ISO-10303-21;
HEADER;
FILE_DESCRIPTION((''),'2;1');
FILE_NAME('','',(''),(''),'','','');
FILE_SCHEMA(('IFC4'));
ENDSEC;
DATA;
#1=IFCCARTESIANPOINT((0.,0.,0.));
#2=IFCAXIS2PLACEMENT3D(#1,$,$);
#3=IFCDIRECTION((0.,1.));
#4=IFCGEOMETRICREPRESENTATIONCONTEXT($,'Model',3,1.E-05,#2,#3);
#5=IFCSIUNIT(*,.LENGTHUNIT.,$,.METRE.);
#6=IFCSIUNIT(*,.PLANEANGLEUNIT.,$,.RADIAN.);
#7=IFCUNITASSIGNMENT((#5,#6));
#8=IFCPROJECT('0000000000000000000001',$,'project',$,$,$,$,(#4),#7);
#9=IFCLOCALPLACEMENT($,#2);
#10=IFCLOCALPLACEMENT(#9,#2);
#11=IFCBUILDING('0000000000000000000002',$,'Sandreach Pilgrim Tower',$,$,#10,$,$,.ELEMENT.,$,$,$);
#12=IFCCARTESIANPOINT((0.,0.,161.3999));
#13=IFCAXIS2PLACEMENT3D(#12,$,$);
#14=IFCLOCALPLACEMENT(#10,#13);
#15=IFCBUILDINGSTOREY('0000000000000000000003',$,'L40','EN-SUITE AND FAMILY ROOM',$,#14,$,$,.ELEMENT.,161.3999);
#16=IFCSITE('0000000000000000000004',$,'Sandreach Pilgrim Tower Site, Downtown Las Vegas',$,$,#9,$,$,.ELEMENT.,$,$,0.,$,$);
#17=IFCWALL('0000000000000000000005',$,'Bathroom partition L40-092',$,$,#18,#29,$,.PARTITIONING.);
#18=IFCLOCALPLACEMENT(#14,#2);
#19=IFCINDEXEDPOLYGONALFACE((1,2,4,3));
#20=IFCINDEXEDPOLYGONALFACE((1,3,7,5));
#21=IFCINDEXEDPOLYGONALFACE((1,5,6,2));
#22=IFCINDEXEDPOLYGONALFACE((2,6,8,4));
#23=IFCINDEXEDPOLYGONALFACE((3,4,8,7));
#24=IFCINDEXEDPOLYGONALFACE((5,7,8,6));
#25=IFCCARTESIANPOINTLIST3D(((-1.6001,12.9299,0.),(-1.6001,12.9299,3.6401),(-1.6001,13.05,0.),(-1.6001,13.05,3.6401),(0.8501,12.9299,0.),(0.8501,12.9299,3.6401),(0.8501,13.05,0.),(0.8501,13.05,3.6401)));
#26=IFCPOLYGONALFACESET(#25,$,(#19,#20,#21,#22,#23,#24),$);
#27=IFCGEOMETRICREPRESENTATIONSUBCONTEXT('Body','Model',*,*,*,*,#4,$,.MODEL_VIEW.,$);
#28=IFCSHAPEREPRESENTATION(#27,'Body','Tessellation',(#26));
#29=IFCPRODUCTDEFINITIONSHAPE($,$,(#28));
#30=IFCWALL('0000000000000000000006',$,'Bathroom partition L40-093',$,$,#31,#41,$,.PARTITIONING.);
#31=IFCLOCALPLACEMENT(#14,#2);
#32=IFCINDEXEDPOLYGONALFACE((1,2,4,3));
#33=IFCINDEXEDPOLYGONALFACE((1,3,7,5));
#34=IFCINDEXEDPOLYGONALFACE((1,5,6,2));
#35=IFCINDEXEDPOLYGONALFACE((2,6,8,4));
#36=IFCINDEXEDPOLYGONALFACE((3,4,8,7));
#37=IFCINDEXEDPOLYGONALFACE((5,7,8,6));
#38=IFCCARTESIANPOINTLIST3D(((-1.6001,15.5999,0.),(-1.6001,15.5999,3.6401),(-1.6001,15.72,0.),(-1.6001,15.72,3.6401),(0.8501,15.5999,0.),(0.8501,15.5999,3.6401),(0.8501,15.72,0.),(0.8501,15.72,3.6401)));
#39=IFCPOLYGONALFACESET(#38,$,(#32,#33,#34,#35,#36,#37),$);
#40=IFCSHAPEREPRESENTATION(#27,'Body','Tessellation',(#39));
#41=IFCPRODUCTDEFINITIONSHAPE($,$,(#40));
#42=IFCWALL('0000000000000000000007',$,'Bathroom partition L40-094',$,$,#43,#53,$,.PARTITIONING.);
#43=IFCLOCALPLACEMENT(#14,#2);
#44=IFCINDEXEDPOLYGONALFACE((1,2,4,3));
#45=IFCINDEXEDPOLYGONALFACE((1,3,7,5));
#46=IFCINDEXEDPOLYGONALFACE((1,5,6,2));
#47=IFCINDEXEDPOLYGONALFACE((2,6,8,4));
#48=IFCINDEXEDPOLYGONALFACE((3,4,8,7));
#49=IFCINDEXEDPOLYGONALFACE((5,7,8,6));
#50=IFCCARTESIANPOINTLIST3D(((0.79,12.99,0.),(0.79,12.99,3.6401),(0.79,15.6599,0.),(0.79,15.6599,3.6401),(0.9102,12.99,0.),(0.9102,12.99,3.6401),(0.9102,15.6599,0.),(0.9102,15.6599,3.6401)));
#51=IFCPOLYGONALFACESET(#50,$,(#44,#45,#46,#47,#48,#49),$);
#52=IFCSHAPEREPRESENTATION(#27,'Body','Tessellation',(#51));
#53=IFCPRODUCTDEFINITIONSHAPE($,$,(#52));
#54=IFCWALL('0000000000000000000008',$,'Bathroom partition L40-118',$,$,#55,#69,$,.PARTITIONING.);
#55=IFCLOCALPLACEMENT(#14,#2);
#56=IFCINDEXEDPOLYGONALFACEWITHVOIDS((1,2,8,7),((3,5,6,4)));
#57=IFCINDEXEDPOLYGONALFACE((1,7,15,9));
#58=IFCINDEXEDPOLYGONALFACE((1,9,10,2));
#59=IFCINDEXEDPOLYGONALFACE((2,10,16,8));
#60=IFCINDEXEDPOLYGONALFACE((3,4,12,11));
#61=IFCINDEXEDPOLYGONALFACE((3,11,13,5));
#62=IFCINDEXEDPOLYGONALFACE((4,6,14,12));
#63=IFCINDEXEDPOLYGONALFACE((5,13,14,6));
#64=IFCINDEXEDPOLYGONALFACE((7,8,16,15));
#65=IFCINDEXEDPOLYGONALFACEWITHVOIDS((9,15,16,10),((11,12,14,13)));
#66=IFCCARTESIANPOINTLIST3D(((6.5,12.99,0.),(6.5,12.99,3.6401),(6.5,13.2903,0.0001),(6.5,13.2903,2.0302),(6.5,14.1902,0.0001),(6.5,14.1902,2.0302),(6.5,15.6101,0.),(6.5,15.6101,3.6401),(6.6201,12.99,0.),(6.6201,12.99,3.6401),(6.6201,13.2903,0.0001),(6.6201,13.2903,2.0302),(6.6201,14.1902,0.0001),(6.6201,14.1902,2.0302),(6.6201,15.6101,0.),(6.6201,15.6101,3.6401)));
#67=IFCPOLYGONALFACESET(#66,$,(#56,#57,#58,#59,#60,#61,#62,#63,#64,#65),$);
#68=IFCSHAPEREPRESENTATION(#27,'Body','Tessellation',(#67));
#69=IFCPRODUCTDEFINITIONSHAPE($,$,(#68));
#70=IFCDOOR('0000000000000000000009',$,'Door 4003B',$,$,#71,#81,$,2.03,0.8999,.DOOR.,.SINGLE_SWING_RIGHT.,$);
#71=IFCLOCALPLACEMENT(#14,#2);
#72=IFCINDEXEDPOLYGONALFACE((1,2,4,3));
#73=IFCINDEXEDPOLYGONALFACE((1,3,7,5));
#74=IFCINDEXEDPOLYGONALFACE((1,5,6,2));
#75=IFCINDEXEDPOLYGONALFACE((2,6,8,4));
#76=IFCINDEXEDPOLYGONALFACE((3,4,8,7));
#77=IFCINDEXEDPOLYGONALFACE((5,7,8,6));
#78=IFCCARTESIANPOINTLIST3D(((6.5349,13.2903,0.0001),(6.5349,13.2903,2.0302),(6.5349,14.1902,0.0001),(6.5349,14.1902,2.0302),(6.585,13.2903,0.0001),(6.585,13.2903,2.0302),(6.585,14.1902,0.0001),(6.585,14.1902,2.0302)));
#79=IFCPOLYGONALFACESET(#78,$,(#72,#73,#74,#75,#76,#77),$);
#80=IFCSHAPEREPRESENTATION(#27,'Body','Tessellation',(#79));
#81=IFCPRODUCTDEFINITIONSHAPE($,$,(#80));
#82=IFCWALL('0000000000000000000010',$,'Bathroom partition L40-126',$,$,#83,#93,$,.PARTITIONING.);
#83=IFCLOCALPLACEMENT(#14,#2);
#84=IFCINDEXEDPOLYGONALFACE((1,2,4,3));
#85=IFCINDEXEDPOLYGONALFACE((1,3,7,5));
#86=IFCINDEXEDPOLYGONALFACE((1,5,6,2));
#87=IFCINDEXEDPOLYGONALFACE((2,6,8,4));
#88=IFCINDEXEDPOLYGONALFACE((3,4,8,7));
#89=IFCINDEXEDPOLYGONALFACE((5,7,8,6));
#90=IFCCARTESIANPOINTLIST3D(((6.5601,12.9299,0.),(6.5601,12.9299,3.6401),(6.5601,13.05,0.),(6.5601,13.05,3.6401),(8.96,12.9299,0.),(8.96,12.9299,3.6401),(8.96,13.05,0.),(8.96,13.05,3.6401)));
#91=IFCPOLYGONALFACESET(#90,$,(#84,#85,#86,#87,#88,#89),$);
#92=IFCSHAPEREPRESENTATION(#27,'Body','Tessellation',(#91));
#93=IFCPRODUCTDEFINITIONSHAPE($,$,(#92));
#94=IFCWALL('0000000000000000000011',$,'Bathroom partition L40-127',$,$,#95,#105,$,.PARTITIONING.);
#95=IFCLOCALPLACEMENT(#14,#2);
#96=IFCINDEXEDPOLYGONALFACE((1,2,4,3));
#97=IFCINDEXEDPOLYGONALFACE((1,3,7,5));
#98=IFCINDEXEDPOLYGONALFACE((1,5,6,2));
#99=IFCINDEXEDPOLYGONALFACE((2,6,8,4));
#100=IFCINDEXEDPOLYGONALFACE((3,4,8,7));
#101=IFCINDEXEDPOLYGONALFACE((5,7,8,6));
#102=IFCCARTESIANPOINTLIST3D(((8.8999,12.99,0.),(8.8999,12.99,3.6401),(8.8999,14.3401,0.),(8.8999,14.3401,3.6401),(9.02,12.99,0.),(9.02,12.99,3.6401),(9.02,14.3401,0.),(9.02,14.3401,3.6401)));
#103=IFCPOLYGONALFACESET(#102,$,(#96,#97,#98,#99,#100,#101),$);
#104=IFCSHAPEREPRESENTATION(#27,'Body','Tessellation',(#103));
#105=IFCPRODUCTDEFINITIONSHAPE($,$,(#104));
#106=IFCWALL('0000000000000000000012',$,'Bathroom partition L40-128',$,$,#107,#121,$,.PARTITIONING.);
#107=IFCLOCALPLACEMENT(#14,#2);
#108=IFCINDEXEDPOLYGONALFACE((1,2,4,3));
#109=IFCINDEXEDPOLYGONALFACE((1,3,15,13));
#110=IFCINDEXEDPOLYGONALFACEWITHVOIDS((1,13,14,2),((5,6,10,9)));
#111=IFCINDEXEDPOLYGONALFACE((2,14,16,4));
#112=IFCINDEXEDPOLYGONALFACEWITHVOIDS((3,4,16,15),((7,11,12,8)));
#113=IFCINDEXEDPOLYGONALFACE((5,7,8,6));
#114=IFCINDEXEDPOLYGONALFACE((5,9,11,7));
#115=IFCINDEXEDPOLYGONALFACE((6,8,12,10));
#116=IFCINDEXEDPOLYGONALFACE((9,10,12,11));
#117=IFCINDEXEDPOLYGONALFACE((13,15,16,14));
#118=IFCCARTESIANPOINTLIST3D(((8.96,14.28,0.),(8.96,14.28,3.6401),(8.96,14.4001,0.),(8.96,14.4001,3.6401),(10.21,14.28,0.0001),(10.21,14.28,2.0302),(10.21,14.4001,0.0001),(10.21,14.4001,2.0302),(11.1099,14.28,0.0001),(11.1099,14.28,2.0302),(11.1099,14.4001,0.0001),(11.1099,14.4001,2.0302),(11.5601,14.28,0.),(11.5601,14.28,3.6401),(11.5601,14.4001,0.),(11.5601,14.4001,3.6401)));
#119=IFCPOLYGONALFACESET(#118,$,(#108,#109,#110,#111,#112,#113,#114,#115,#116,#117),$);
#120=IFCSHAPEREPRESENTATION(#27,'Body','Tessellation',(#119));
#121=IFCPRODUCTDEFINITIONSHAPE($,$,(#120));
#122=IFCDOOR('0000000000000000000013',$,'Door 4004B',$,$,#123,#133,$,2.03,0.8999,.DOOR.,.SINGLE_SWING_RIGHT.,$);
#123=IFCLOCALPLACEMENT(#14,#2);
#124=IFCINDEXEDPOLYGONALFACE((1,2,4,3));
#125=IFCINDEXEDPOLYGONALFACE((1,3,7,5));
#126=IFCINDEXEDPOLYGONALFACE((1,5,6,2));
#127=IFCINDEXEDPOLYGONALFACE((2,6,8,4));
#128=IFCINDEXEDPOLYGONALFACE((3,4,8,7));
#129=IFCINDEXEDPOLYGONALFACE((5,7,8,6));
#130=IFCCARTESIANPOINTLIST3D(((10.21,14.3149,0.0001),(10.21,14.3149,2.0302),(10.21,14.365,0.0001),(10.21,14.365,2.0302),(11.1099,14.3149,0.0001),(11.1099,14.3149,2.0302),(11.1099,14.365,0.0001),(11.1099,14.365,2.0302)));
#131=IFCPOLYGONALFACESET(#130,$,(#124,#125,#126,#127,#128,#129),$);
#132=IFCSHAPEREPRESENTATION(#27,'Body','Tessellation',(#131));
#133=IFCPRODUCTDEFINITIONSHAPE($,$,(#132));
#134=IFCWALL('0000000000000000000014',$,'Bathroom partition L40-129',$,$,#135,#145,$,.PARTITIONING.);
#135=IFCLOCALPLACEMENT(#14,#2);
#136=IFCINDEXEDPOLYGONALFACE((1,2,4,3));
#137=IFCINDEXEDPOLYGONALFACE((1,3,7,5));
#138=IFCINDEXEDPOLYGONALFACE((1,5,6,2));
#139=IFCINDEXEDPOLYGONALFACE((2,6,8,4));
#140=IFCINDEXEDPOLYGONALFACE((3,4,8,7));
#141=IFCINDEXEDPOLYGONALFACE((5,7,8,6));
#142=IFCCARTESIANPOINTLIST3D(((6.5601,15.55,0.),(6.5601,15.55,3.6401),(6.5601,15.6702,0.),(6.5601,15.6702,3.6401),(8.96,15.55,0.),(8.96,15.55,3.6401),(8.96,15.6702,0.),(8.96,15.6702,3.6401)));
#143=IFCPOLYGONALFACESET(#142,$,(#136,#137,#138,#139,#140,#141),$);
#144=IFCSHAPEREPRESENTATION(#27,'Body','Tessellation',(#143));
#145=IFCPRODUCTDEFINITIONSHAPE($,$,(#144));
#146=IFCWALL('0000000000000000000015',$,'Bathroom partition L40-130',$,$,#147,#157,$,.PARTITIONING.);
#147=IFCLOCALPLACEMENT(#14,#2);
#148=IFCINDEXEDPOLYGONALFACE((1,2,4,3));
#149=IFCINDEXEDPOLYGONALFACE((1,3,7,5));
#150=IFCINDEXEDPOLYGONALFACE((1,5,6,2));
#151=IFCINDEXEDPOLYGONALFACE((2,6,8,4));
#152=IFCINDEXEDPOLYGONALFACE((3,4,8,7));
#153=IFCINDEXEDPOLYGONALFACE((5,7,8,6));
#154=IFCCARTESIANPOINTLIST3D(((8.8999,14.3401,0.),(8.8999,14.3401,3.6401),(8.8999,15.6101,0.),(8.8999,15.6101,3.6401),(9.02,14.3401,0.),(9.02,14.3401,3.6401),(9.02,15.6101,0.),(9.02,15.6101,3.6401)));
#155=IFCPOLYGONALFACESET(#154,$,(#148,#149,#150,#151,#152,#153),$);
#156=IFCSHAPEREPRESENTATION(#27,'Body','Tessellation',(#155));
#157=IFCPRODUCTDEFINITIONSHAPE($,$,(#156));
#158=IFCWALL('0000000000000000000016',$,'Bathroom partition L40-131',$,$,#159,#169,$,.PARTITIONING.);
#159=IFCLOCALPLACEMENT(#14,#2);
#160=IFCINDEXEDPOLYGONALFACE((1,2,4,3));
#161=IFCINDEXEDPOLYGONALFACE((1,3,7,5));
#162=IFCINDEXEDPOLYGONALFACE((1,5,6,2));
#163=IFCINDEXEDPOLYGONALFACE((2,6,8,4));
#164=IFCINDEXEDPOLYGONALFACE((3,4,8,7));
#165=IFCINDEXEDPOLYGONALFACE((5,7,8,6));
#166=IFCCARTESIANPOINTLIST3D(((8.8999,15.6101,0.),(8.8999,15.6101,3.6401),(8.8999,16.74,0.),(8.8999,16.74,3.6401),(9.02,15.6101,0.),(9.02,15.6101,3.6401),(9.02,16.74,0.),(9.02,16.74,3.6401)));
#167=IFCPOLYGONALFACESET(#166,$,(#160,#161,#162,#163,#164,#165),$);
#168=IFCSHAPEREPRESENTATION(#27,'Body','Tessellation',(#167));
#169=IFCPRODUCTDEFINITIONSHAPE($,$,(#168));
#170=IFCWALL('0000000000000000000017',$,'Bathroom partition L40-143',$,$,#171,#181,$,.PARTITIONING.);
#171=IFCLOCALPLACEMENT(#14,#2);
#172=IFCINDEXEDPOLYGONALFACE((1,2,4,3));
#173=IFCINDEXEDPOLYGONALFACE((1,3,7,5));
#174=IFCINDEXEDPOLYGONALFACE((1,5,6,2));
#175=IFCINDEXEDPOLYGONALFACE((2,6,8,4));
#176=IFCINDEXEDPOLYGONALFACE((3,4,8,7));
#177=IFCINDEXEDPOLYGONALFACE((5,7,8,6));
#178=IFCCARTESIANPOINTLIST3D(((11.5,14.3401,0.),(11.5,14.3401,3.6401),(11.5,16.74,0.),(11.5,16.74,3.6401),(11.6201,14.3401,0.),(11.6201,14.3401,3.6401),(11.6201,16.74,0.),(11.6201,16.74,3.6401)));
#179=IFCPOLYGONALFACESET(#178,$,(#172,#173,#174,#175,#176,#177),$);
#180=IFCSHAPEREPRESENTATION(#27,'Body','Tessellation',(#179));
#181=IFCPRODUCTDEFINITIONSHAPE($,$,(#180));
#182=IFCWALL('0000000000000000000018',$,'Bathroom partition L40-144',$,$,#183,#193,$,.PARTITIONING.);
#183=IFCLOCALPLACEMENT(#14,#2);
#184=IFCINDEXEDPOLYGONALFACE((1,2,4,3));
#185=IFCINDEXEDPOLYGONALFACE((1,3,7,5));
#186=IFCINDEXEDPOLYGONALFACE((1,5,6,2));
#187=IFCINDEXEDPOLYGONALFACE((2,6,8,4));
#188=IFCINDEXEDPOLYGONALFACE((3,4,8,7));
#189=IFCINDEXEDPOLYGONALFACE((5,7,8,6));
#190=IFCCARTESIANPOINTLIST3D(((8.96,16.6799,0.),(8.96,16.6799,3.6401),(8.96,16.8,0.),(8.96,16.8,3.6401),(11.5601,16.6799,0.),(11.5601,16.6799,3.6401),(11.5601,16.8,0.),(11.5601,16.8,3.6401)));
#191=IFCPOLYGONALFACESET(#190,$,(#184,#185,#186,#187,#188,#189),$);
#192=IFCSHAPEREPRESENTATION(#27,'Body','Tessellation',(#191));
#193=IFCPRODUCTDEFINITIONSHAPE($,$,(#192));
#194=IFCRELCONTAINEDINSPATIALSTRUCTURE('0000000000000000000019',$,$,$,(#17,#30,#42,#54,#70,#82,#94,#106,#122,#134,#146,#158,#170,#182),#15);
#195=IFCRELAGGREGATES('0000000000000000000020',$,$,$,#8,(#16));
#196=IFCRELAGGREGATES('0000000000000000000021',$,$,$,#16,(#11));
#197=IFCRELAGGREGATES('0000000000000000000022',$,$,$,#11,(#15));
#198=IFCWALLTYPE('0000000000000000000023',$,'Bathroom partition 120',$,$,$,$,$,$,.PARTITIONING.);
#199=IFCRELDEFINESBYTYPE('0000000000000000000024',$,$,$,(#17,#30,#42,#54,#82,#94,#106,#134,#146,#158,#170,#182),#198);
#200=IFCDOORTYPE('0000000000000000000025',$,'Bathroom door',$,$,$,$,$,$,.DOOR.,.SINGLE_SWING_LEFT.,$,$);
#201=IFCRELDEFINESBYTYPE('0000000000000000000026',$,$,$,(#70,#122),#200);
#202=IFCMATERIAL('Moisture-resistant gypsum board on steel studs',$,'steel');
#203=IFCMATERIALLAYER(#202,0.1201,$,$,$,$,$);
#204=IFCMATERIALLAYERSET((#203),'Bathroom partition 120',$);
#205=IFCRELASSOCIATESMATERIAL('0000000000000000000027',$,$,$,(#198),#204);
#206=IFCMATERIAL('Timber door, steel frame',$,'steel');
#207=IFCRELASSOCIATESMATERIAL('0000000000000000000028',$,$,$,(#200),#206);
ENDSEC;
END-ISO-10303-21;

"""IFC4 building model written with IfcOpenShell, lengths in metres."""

from ifc_helpers import new_model, si_unit, direction, frame, frame_2d, origin, place, context, subcontext, project, spatial, rectangle, extrude, material, layer, layer_set, type_object, element, fill, save


model = new_model("IFC4")

# Units and contexts
model_context = context("Model", 3, precision=1e-05, world=origin(), true_north=direction((0.0, 1.0)))
body_context = subcontext(model_context, "Body", "Model", "MODEL_VIEW")
ifc_project = project(units=[si_unit("LENGTHUNIT", "METRE"), si_unit("PLANEANGLEUNIT", "RADIAN")], contexts=[model_context])

# Site, building, storey
site_placement = place(None, origin())
site = spatial("IfcSite", under=ifc_project, at=site_placement, Name="Sandreach Pilgrim Tower Site, Downtown Las Vegas", CompositionType="ELEMENT", RefElevation=0.0)
building_placement = place(site_placement, origin())
building = spatial("IfcBuilding", under=site, at=building_placement, Name="Sandreach Pilgrim Tower", CompositionType="ELEMENT")
storey_placement = place(building_placement, frame((0.0, 0.0, 161.3999)))
storey = spatial("IfcBuildingStorey", under=building, at=storey_placement, Name="L40", Description="EN-SUITE AND FAMILY ROOM", CompositionType="ELEMENT", Elevation=161.3999)

# Walls
ifc_material_1 = material(Name="Moisture-resistant gypsum board on steel studs", Category="steel")
ifc_layer_1 = layer(ifc_material_1, 0.1201)
ifc_layer_set_1 = layer_set([ifc_layer_1], Name="Bathroom partition 120")
wall_type_1 = type_object("IfcWallType", Name="Bathroom partition 120", PredefinedType="PARTITIONING", material=ifc_layer_set_1)
for number, where, z_axis, x_axis, name in (
    (1, (0.8501, 12.99, 0.0), (0.0, 0.0, 1.0), (-1.0, 0.0, 0.0), "Bathroom partition L40-092"),
    (2, (0.8501, 15.6599, 0.0), (0.0, 0.0, 1.0), (-1.0, 0.0, 0.0), "Bathroom partition L40-093"),
):
    element("IfcWall", number, at=place(storey_placement, frame(where, z_axis=z_axis, x_axis=x_axis)), inside=storey, type_object=wall_type_1, Name=name, PredefinedType="PARTITIONING", context=body_context, shape_type="SweptSolid", body=[
        extrude(rectangle(XDim=2.4502, YDim=0.1201, at=frame_2d((1.2251, 0.0))), origin(), (0.0, 0.0, 1.0), 3.6401),
    ])
wall_1_placement = place(storey_placement, frame((0.8501, 15.6599, 0.0), z_axis=(0.0, 0.0, 1.0), x_axis=(0.0, -1.0, 0.0)))
element("IfcWall", 3, at=wall_1_placement, inside=storey, type_object=wall_type_1, Name="Bathroom partition L40-094", PredefinedType="PARTITIONING", context=body_context, shape_type="SweptSolid", body=[
    extrude(rectangle(XDim=2.6699, YDim=0.1201, at=frame_2d((1.335, 0.0))), origin(), (0.0, 0.0, 1.0), 3.6401),
])

# Wall, opening, door
wall_2_placement = place(storey_placement, frame((6.5601, 15.6101, 0.0), z_axis=(0.0, 0.0, 1.0), x_axis=(0.0, -1.0, 0.0)))
wall_2 = element("IfcWall", 4, at=wall_2_placement, inside=storey, type_object=wall_type_1, Name="Bathroom partition L40-118", PredefinedType="PARTITIONING", context=body_context, shape_type="SweptSolid", body=[
    extrude(rectangle(XDim=2.6201, YDim=0.1201, at=frame_2d((1.3101, 0.0))), origin(), (0.0, 0.0, 1.0), 3.6401),
])
opening_1_placement = place(wall_2_placement, frame((1.4199, 0.0, 0.0)))
opening_1 = element("IfcOpeningElement", 5, at=opening_1_placement, cuts=wall_2, PredefinedType="OPENING", context=body_context, shape_type="SweptSolid", body=[
    extrude(rectangle(XDim=0.8999, YDim=2.03, at=frame_2d((0.45, 1.0151))), frame((0.0, 0.0601, 0.0), z_axis=(0.0, -1.0, 0.0), x_axis=(1.0, 0.0, 0.0)), (0.0, 0.0, 1.0), 0.1201),
])
ifc_material_2 = material(Name="Timber door, steel frame", Category="steel")
door_type_1 = type_object("IfcDoorType", Name="Bathroom door", OperationType="SINGLE_SWING_LEFT", PredefinedType="DOOR", material=ifc_material_2)
door_1_placement = place(opening_1_placement, origin())
door_1 = element("IfcDoor", 6, at=door_1_placement, inside=storey, type_object=door_type_1, Name="Door 4003B", OperationType="SINGLE_SWING_RIGHT", OverallHeight=2.03, OverallWidth=0.8999, PredefinedType="DOOR", context=body_context, shape_type="SweptSolid", body=[
    extrude(rectangle(XDim=0.8999, YDim=2.03, at=frame_2d((0.45, 1.0151))), frame((0.0, 0.0249, 0.0), z_axis=(0.0, -1.0, 0.0), x_axis=(1.0, 0.0, 0.0)), (0.0, 0.0, 1.0), 0.05),
])
fill(opening_1, door_1)

# Walls
wall_3_placement = place(storey_placement, frame((8.96, 12.99, 0.0), z_axis=(0.0, 0.0, 1.0), x_axis=(-1.0, 0.0, 0.0)))
element("IfcWall", 7, at=wall_3_placement, inside=storey, type_object=wall_type_1, Name="Bathroom partition L40-126", PredefinedType="PARTITIONING", context=body_context, shape_type="SweptSolid", body=[
    extrude(rectangle(XDim=2.3999, YDim=0.1201, at=frame_2d((1.2, 0.0))), origin(), (0.0, 0.0, 1.0), 3.6401),
])
wall_4_placement = place(storey_placement, frame((8.96, 14.3401, 0.0), z_axis=(0.0, 0.0, 1.0), x_axis=(0.0, -1.0, 0.0)))
element("IfcWall", 8, at=wall_4_placement, inside=storey, type_object=wall_type_1, Name="Bathroom partition L40-127", PredefinedType="PARTITIONING", context=body_context, shape_type="SweptSolid", body=[
    extrude(rectangle(XDim=1.3501, YDim=0.1201, at=frame_2d((0.675, 0.0))), origin(), (0.0, 0.0, 1.0), 3.6401),
])

# Wall, opening, door
wall_5_placement = place(storey_placement, frame((8.96, 14.3401, 0.0), z_axis=(0.0, 0.0, 1.0), x_axis=(1.0, 0.0, 0.0)))
wall_5 = element("IfcWall", 9, at=wall_5_placement, inside=storey, type_object=wall_type_1, Name="Bathroom partition L40-128", PredefinedType="PARTITIONING", context=body_context, shape_type="SweptSolid", body=[
    extrude(rectangle(XDim=2.6001, YDim=0.1201, at=frame_2d((1.3, 0.0))), origin(), (0.0, 0.0, 1.0), 3.6401),
])
opening_2_placement = place(wall_5_placement, frame((1.25, 0.0, 0.0)))
opening_2 = element("IfcOpeningElement", 10, at=opening_2_placement, cuts=wall_5, PredefinedType="OPENING", context=body_context, shape_type="SweptSolid", body=[
    extrude(rectangle(XDim=0.8999, YDim=2.03, at=frame_2d((0.45, 1.0151))), frame((0.0, 0.0601, 0.0), z_axis=(0.0, -1.0, 0.0), x_axis=(1.0, 0.0, 0.0)), (0.0, 0.0, 1.0), 0.1201),
])
door_2_placement = place(opening_2_placement, origin())
door_2 = element("IfcDoor", 11, at=door_2_placement, inside=storey, type_object=door_type_1, Name="Door 4004B", OperationType="SINGLE_SWING_RIGHT", OverallHeight=2.03, OverallWidth=0.8999, PredefinedType="DOOR", context=body_context, shape_type="SweptSolid", body=[
    extrude(rectangle(XDim=0.8999, YDim=2.03, at=frame_2d((0.45, 1.0151))), frame((0.0, 0.0249, 0.0), z_axis=(0.0, -1.0, 0.0), x_axis=(1.0, 0.0, 0.0)), (0.0, 0.0, 1.0), 0.05),
])
fill(opening_2, door_2)

# Walls
wall_6_placement = place(storey_placement, frame((8.96, 15.6101, 0.0), z_axis=(0.0, 0.0, 1.0), x_axis=(-1.0, 0.0, 0.0)))
element("IfcWall", 12, at=wall_6_placement, inside=storey, type_object=wall_type_1, Name="Bathroom partition L40-129", PredefinedType="PARTITIONING", context=body_context, shape_type="SweptSolid", body=[
    extrude(rectangle(XDim=2.3999, YDim=0.1201, at=frame_2d((1.2, 0.0))), origin(), (0.0, 0.0, 1.0), 3.6401),
])
wall_7_placement = place(storey_placement, frame((8.96, 15.6101, 0.0), z_axis=(0.0, 0.0, 1.0), x_axis=(0.0, -1.0, 0.0)))
element("IfcWall", 13, at=wall_7_placement, inside=storey, type_object=wall_type_1, Name="Bathroom partition L40-130", PredefinedType="PARTITIONING", context=body_context, shape_type="SweptSolid", body=[
    extrude(rectangle(XDim=1.27, YDim=0.1201, at=frame_2d((0.635, 0.0))), origin(), (0.0, 0.0, 1.0), 3.6401),
])
wall_8_placement = place(storey_placement, frame((8.96, 16.74, 0.0), z_axis=(0.0, 0.0, 1.0), x_axis=(0.0, -1.0, 0.0)))
element("IfcWall", 14, at=wall_8_placement, inside=storey, type_object=wall_type_1, Name="Bathroom partition L40-131", PredefinedType="PARTITIONING", context=body_context, shape_type="SweptSolid", body=[
    extrude(rectangle(XDim=1.1299, YDim=0.1201, at=frame_2d((0.5649, 0.0))), origin(), (0.0, 0.0, 1.0), 3.6401),
])
wall_9_placement = place(storey_placement, frame((11.5601, 14.3401, 0.0), z_axis=(0.0, 0.0, 1.0), x_axis=(0.0, 1.0, 0.0)))
element("IfcWall", 15, at=wall_9_placement, inside=storey, type_object=wall_type_1, Name="Bathroom partition L40-143", PredefinedType="PARTITIONING", context=body_context, shape_type="SweptSolid", body=[
    extrude(rectangle(XDim=2.3999, YDim=0.1201, at=frame_2d((1.2, 0.0))), origin(), (0.0, 0.0, 1.0), 3.6401),
])
wall_10_placement = place(storey_placement, frame((11.5601, 16.74, 0.0), z_axis=(0.0, 0.0, 1.0), x_axis=(-1.0, 0.0, 0.0)))
element("IfcWall", 16, at=wall_10_placement, inside=storey, type_object=wall_type_1, Name="Bathroom partition L40-144", PredefinedType="PARTITIONING", context=body_context, shape_type="SweptSolid", body=[
    extrude(rectangle(XDim=2.6001, YDim=0.1201, at=frame_2d((1.3, 0.0))), origin(), (0.0, 0.0, 1.0), 3.6401),
])

save(model, "model.ifc")
